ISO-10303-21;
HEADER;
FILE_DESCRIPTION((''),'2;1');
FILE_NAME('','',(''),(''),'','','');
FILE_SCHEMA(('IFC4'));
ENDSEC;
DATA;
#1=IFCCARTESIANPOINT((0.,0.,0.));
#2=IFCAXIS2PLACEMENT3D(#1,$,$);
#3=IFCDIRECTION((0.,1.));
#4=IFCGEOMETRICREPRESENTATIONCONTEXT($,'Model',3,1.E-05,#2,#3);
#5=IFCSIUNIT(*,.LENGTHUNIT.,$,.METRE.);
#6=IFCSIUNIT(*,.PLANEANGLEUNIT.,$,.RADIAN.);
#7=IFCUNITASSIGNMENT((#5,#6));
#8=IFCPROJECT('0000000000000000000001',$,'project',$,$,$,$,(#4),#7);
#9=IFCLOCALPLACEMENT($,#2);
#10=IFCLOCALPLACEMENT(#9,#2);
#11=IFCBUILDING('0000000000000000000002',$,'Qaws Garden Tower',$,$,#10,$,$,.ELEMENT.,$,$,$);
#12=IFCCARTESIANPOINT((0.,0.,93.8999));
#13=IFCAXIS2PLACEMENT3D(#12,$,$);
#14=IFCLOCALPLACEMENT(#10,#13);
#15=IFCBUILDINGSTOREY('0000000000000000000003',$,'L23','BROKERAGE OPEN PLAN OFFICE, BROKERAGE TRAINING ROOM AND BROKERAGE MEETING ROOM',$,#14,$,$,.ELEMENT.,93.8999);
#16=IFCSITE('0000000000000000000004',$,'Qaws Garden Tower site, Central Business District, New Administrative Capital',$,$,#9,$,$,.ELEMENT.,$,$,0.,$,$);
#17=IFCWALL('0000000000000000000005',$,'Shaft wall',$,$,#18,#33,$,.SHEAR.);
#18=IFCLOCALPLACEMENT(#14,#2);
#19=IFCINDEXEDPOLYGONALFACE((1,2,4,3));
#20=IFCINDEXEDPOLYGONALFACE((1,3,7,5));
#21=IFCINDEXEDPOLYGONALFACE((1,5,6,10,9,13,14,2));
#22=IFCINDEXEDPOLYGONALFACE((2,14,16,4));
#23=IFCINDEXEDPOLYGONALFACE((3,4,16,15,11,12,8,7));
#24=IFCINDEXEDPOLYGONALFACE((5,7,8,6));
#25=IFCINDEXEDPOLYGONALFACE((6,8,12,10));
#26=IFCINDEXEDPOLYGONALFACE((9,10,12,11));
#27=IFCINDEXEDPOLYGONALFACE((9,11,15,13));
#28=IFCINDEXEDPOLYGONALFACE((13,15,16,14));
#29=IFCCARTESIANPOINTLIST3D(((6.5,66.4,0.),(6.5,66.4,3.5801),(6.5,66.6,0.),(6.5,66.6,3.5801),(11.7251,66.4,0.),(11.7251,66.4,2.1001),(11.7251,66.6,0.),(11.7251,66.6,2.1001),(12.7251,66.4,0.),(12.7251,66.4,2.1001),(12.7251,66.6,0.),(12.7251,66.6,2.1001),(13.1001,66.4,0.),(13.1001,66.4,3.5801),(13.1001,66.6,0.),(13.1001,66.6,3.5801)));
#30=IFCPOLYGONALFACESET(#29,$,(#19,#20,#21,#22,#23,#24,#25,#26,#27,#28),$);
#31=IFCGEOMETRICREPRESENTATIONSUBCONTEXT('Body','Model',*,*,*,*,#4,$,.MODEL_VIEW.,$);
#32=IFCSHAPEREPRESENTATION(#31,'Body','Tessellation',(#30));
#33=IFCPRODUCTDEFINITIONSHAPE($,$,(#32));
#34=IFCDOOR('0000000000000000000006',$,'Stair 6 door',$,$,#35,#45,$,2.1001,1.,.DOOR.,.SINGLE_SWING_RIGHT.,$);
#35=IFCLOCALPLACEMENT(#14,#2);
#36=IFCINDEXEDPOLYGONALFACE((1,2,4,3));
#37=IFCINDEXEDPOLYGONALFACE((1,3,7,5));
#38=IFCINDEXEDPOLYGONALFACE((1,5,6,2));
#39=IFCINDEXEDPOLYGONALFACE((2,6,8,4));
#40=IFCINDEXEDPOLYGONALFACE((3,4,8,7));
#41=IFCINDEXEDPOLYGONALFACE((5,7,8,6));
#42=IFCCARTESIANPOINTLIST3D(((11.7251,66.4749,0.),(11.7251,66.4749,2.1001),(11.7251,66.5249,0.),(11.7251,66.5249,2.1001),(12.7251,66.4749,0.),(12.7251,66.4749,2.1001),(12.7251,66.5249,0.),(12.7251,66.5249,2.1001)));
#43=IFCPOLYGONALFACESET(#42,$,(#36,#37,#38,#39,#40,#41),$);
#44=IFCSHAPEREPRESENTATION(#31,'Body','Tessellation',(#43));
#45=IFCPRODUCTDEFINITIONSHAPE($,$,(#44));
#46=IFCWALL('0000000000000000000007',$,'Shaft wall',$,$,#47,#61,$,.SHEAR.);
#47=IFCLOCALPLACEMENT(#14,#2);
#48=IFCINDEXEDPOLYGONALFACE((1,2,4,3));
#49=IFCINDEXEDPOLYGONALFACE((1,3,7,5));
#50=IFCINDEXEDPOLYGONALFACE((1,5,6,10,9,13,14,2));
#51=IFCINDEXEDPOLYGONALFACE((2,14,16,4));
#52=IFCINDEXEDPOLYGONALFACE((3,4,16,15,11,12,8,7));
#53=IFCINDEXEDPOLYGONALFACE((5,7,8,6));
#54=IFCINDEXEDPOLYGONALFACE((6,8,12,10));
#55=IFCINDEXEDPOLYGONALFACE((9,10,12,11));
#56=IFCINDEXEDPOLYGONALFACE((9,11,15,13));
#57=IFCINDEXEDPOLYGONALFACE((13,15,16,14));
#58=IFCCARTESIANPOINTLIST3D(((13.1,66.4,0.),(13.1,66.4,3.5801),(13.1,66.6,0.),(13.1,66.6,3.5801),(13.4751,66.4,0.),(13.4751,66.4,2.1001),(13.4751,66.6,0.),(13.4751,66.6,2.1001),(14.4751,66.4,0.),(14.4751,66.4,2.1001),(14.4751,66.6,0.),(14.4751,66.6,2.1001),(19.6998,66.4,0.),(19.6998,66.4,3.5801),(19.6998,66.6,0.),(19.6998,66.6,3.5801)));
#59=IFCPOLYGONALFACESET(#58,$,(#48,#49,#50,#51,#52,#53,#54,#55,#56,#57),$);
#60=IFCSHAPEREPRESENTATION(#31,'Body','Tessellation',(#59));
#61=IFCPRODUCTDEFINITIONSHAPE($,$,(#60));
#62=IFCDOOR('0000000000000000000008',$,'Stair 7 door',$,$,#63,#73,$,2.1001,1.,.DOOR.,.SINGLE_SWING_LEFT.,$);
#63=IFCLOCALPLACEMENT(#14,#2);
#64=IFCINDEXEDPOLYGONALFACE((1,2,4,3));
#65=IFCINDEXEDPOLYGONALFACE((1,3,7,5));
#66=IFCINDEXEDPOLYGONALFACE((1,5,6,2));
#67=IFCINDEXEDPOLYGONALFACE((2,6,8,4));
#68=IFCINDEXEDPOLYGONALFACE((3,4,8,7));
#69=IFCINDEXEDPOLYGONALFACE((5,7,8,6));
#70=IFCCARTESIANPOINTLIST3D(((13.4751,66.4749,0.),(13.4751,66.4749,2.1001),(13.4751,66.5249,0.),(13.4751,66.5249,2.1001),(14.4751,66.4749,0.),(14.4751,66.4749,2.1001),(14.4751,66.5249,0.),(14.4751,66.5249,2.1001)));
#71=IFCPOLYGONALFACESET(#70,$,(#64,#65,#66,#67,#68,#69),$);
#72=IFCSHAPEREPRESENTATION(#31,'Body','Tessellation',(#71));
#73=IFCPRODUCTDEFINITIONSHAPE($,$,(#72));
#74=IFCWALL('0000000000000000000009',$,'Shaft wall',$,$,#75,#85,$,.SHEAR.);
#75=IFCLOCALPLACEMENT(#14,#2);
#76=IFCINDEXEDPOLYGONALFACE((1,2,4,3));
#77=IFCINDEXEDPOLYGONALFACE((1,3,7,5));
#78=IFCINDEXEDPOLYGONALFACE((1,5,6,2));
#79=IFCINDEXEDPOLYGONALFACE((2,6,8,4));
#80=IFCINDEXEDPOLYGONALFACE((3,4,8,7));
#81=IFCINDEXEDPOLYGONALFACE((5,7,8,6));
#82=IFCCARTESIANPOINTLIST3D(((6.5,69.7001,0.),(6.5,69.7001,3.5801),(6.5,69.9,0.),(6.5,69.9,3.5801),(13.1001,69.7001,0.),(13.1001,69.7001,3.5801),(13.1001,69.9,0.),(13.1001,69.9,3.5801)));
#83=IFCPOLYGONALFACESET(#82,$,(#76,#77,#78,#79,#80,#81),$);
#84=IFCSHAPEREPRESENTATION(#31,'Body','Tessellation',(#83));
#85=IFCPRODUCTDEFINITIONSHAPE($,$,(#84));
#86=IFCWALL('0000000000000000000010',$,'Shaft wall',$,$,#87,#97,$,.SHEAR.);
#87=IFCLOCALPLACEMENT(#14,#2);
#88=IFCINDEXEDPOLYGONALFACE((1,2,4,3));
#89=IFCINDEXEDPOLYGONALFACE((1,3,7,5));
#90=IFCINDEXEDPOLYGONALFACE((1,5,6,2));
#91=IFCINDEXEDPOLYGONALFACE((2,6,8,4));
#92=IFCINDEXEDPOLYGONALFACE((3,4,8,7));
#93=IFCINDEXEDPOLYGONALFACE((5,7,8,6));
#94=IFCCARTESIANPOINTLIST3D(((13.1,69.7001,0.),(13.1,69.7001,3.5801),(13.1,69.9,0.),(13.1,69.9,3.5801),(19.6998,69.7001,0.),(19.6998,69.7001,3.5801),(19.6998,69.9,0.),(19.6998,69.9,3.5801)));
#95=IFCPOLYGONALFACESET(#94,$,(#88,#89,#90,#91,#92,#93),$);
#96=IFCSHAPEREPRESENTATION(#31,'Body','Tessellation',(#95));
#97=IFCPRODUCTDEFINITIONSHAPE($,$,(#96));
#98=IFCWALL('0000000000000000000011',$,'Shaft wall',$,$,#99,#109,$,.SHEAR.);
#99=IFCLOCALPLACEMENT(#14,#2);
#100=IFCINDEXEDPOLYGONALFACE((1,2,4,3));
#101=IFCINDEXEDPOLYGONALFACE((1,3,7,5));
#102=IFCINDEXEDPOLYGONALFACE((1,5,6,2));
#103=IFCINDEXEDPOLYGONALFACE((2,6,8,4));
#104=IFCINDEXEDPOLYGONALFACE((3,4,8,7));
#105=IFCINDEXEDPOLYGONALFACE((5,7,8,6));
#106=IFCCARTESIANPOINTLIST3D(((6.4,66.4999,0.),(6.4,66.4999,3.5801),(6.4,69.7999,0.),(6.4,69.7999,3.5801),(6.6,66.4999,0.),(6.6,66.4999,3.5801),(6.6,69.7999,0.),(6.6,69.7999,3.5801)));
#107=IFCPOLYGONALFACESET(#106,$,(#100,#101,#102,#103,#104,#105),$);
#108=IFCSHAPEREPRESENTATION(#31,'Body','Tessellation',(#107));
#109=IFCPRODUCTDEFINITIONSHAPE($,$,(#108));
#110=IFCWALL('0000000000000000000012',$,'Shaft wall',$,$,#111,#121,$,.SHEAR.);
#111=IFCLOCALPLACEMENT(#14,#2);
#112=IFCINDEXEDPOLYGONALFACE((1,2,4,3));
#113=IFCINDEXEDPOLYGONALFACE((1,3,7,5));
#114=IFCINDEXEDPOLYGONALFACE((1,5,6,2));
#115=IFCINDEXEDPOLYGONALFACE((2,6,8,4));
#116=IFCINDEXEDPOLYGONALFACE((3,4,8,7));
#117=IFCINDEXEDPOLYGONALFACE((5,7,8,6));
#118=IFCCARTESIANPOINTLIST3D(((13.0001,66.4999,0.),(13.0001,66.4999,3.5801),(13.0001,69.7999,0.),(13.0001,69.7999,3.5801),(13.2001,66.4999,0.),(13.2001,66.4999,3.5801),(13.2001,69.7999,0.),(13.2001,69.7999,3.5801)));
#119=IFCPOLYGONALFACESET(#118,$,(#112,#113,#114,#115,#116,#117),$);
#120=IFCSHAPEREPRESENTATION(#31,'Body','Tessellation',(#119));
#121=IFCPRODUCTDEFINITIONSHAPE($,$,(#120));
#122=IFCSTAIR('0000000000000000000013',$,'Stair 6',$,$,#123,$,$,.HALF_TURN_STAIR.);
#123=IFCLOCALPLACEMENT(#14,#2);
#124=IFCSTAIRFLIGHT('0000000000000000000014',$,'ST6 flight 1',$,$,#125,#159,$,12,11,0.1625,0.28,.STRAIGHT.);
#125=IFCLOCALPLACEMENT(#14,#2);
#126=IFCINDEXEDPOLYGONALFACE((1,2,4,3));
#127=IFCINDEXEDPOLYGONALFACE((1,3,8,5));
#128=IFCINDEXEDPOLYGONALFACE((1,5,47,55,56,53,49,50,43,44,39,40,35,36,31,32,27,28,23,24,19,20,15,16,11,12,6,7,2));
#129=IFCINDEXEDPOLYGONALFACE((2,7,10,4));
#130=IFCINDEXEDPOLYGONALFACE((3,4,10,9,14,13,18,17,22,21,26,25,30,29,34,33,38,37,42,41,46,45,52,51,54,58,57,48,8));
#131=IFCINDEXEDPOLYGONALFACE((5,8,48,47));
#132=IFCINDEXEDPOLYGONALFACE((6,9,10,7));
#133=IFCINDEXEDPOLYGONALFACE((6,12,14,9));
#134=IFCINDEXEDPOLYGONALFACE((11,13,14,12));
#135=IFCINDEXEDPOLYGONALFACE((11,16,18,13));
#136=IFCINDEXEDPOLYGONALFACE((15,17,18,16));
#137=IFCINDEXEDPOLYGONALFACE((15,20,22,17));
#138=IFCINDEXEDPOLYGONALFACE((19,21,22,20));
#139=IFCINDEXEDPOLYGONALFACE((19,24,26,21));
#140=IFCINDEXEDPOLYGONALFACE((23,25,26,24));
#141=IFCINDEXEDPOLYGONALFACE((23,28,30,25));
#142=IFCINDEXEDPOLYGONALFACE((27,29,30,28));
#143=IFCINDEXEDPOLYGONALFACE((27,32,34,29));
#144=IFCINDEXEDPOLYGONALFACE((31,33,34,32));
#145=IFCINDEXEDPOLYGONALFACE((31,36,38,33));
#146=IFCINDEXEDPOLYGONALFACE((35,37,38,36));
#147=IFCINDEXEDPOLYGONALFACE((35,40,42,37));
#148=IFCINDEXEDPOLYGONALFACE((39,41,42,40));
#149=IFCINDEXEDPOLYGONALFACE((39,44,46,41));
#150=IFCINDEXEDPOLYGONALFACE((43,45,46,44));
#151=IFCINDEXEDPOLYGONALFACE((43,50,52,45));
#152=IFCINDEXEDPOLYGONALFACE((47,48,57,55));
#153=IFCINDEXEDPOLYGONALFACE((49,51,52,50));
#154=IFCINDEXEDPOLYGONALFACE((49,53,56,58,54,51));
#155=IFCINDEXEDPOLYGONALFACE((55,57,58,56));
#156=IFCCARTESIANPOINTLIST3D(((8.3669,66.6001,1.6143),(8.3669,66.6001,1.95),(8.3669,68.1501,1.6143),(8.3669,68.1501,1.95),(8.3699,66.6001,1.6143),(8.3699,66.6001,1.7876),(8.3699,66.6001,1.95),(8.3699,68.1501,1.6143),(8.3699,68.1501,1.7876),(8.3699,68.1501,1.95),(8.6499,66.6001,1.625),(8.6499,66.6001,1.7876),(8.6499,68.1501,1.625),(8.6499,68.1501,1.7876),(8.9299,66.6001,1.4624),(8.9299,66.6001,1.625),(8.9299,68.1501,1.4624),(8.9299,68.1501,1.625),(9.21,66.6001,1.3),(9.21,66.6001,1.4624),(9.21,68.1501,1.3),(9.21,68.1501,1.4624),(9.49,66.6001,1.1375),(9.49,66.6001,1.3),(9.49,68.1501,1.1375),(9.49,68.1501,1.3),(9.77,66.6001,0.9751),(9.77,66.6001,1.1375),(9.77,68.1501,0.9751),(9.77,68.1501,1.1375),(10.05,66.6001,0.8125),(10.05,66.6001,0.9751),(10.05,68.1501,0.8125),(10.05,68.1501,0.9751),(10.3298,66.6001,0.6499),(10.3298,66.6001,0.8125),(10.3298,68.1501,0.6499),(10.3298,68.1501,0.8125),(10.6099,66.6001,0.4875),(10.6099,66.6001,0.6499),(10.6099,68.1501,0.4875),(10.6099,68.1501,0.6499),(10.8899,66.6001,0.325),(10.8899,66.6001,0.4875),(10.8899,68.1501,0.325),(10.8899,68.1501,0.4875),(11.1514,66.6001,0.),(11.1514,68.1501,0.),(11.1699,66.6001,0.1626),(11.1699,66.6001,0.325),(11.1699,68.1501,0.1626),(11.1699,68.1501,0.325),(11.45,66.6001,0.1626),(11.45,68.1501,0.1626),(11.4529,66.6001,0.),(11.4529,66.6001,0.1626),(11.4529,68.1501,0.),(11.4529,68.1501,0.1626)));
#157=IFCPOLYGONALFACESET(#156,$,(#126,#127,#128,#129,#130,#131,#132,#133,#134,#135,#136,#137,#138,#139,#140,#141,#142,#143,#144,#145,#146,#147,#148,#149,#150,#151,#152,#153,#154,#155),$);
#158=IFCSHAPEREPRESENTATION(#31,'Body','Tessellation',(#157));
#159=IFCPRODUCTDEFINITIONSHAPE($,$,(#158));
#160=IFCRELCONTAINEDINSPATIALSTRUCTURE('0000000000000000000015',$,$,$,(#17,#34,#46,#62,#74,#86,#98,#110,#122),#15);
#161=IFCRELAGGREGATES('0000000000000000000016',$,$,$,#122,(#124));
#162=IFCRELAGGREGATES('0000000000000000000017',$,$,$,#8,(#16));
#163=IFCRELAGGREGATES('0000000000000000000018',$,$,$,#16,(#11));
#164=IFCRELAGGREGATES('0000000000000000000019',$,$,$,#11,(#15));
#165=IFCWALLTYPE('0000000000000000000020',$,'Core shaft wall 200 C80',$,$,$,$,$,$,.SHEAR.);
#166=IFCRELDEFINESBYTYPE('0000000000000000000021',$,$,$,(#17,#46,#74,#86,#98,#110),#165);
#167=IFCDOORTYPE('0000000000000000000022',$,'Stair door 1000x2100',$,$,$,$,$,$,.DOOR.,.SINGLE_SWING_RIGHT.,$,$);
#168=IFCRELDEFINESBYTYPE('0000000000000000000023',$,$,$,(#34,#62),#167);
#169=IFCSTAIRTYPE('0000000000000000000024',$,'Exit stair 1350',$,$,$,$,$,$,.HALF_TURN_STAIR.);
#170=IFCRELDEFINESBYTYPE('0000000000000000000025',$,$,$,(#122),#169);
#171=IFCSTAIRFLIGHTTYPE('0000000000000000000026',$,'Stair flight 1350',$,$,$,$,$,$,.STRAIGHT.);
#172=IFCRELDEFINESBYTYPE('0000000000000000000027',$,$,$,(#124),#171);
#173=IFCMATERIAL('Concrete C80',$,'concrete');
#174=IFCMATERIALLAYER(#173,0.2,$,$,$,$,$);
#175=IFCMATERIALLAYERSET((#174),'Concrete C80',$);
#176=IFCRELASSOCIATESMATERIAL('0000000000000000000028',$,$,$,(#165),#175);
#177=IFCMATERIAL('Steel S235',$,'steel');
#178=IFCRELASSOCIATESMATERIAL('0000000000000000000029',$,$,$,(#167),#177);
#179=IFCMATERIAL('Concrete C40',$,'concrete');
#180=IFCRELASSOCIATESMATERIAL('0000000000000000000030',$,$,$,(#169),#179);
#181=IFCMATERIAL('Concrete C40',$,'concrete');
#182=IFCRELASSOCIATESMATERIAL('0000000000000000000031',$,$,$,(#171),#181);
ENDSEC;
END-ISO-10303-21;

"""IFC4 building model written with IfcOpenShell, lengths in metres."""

from ifc_helpers import new_model, si_unit, direction, frame, frame_2d, origin, place, context, subcontext, project, spatial, polyline, rectangle, outline, extrude, material, layer, layer_set, type_object, element, fill, aggregate, save


model = new_model("IFC4")

# Units and contexts
model_context = context("Model", 3, precision=1e-05, world=origin(), true_north=direction((0.0, 1.0)))
body_context = subcontext(model_context, "Body", "Model", "MODEL_VIEW")
ifc_project = project(units=[si_unit("LENGTHUNIT", "METRE"), si_unit("PLANEANGLEUNIT", "RADIAN")], contexts=[model_context])

# Site, building, storey
site_placement = place(None, origin())
site = spatial("IfcSite", under=ifc_project, at=site_placement, Name="Qaws Garden Tower site, Central Business District, New Administrative Capital", CompositionType="ELEMENT", RefElevation=0.0)
building_placement = place(site_placement, origin())
building = spatial("IfcBuilding", under=site, at=building_placement, Name="Qaws Garden Tower", CompositionType="ELEMENT")
storey_placement = place(building_placement, frame((0.0, 0.0, 93.8999)))
storey = spatial("IfcBuildingStorey", under=building, at=storey_placement, Name="L23", Description="BROKERAGE OPEN PLAN OFFICE, BROKERAGE TRAINING ROOM AND BROKERAGE MEETING ROOM", CompositionType="ELEMENT", Elevation=93.8999)

# Walls, openings, doors
ifc_material_1 = material(Name="Concrete C80", Category="concrete")
ifc_layer_1 = layer(ifc_material_1, 0.2)
ifc_layer_set_1 = layer_set([ifc_layer_1], Name="Concrete C80")
wall_type_1 = type_object("IfcWallType", Name="Core shaft wall 200 C80", PredefinedType="SHEAR", material=ifc_layer_set_1)
wall_1_placement = place(storey_placement, frame((6.5, 66.5, 0.0), z_axis=(0.0, 0.0, 1.0), x_axis=(1.0, 0.0, 0.0)))
wall_1 = element("IfcWall", 1, at=wall_1_placement, inside=storey, type_object=wall_type_1, Name="Shaft wall", PredefinedType="SHEAR", context=body_context, shape_type="SweptSolid", body=[
    extrude(rectangle(XDim=6.6001, YDim=0.2, at=frame_2d((3.3, 0.0))), origin(), (0.0, 0.0, 1.0), 3.5801),
])
opening_1_placement = place(wall_1_placement, frame((5.2251, 0.0, 0.0)))
opening_1 = element("IfcOpeningElement", 2, at=opening_1_placement, cuts=wall_1, PredefinedType="OPENING", context=body_context, shape_type="SweptSolid", body=[
    extrude(rectangle(XDim=1.0, YDim=2.1001, at=frame_2d((0.5, 1.05))), frame((0.0, 0.1099, 0.0), z_axis=(0.0, -1.0, 0.0), x_axis=(1.0, 0.0, 0.0)), (0.0, 0.0, 1.0), 0.22),
])
ifc_material_2 = material(Name="Steel S235", Category="steel")
door_type = type_object("IfcDoorType", Name="Stair door 1000x2100", OperationType="SINGLE_SWING_RIGHT", PredefinedType="DOOR", material=ifc_material_2)
door_1_placement = place(opening_1_placement, origin())
door_1 = element("IfcDoor", 3, at=door_1_placement, inside=storey, type_object=door_type, Name="Stair 6 door", OperationType="SINGLE_SWING_RIGHT", OverallHeight=2.1001, OverallWidth=1.0, PredefinedType="DOOR", context=body_context, shape_type="SweptSolid", body=[
    extrude(rectangle(XDim=1.0, YDim=2.1001, at=frame_2d((0.5, 1.05))), frame((0.0, 0.0249, 0.0), z_axis=(0.0, -1.0, 0.0), x_axis=(1.0, 0.0, 0.0)), (0.0, 0.0, 1.0), 0.05),
])
fill(opening_1, door_1)
wall_2_placement = place(storey_placement, frame((13.1001, 66.5, 0.0), z_axis=(0.0, 0.0, 1.0), x_axis=(1.0, 0.0, 0.0)))
wall_2 = element("IfcWall", 4, at=wall_2_placement, inside=storey, type_object=wall_type_1, Name="Shaft wall", PredefinedType="SHEAR", context=body_context, shape_type="SweptSolid", body=[
    extrude(rectangle(XDim=6.5999, YDim=0.2, at=frame_2d((3.2998, 0.0))), origin(), (0.0, 0.0, 1.0), 3.5801),
])
opening_2_placement = place(wall_2_placement, frame((0.375, 0.0, 0.0)))
opening_2 = element("IfcOpeningElement", 5, at=opening_2_placement, cuts=wall_2, PredefinedType="OPENING", context=body_context, shape_type="SweptSolid", body=[
    extrude(rectangle(XDim=1.0, YDim=2.1001, at=frame_2d((0.5, 1.05))), frame((0.0, 0.1099, 0.0), z_axis=(0.0, -1.0, 0.0), x_axis=(1.0, 0.0, 0.0)), (0.0, 0.0, 1.0), 0.22),
])
door_2_placement = place(opening_2_placement, origin())
door_2 = element("IfcDoor", 6, at=door_2_placement, inside=storey, type_object=door_type, Name="Stair 7 door", OperationType="SINGLE_SWING_LEFT", OverallHeight=2.1001, OverallWidth=1.0, PredefinedType="DOOR", context=body_context, shape_type="SweptSolid", body=[
    extrude(rectangle(XDim=1.0, YDim=2.1001, at=frame_2d((0.5, 1.05))), frame((0.0, 0.0249, 0.0), z_axis=(0.0, -1.0, 0.0), x_axis=(1.0, 0.0, 0.0)), (0.0, 0.0, 1.0), 0.05),
])
fill(opening_2, door_2)

# Walls
wall_3_placement = place(storey_placement, frame((6.5, 69.8, 0.0), z_axis=(0.0, 0.0, 1.0), x_axis=(1.0, 0.0, 0.0)))
element("IfcWall", 7, at=wall_3_placement, inside=storey, type_object=wall_type_1, Name="Shaft wall", PredefinedType="SHEAR", context=body_context, shape_type="SweptSolid", body=[
    extrude(rectangle(XDim=6.6001, YDim=0.2, at=frame_2d((3.3, 0.0))), origin(), (0.0, 0.0, 1.0), 3.5801),
])
wall_4_placement = place(storey_placement, frame((13.1001, 69.8, 0.0), z_axis=(0.0, 0.0, 1.0), x_axis=(1.0, 0.0, 0.0)))
element("IfcWall", 8, at=wall_4_placement, inside=storey, type_object=wall_type_1, Name="Shaft wall", PredefinedType="SHEAR", context=body_context, shape_type="SweptSolid", body=[
    extrude(rectangle(XDim=6.5999, YDim=0.2, at=frame_2d((3.2998, 0.0))), origin(), (0.0, 0.0, 1.0), 3.5801),
])
for number, where, z_axis, x_axis, name in (
    (9, (6.5, 66.5, 0.0), (0.0, 0.0, 1.0), (0.0, 1.0, 0.0), "Shaft wall"),
    (10, (13.1001, 66.5, 0.0), (0.0, 0.0, 1.0), (0.0, 1.0, 0.0), "Shaft wall"),
):
    element("IfcWall", number, at=place(storey_placement, frame(where, z_axis=z_axis, x_axis=x_axis)), inside=storey, type_object=wall_type_1, Name=name, PredefinedType="SHEAR", context=body_context, shape_type="SweptSolid", body=[
        extrude(rectangle(XDim=3.3, YDim=0.2, at=frame_2d((1.6499, 0.0))), origin(), (0.0, 0.0, 1.0), 3.5801),
    ])

# Stair, stair flight
ifc_material_3 = material(Name="Concrete C40", Category="concrete")
stair_type = type_object("IfcStairType", Name="Exit stair 1350", PredefinedType="HALF_TURN_STAIR", material=ifc_material_3)
placement = place(storey_placement, origin())
stair_1 = element("IfcStair", 11, at=placement, inside=storey, type_object=stair_type, Name="Stair 6", PredefinedType="HALF_TURN_STAIR")
ifc_material_4 = material(Name="Concrete C40", Category="concrete")
stair_flight_type = type_object("IfcStairFlightType", Name="Stair flight 1350", PredefinedType="STRAIGHT", material=ifc_material_4)
stair_flight_1_placement = place(storey_placement, frame((11.45, 67.375, 0.0), z_axis=(0.0, 0.0, 1.0), x_axis=(-1.0, 0.0, 0.0)))
stair_flight_1 = element("IfcStairFlight", 12, at=stair_flight_1_placement, type_object=stair_flight_type, Name="ST6 flight 1", NumberOfRisers=12, NumberOfTreads=11, PredefinedType="STRAIGHT", RiserHeight=0.1625, TreadLength=0.28, context=body_context, shape_type="SweptSolid", body=[
    extrude(outline(polyline([(-0.0029, 0.0), (-0.0029, 0.1626), (0.0, 0.1626), (0.28, 0.1626), (0.28, 0.325), (0.5601, 0.325), (0.5601, 0.4875), (0.8401, 0.4875), (0.8401, 0.6499), (1.1201, 0.6499), (1.1201, 0.8125), (1.3999, 0.8125), (1.3999, 0.9751), (1.6799, 0.9751), (1.6799, 1.1375), (1.96, 1.1375), (1.96, 1.3), (2.24, 1.3), (2.24, 1.4624), (2.52, 1.4624), (2.52, 1.625), (2.8, 1.625), (2.8, 1.7876), (3.0801, 1.7876), (3.0801, 1.95), (3.083, 1.95), (3.083, 1.6143), (3.0801, 1.6143), (0.2986, 0.0), (-0.0029, 0.0)])), frame((0.0, 0.7749, 0.0), z_axis=(0.0, -1.0, 0.0), x_axis=(1.0, 0.0, 0.0)), (0.0, 0.0, 1.0), 1.55),
])
aggregate(stair_1, [stair_flight_1])

save(model, "model.ifc")
